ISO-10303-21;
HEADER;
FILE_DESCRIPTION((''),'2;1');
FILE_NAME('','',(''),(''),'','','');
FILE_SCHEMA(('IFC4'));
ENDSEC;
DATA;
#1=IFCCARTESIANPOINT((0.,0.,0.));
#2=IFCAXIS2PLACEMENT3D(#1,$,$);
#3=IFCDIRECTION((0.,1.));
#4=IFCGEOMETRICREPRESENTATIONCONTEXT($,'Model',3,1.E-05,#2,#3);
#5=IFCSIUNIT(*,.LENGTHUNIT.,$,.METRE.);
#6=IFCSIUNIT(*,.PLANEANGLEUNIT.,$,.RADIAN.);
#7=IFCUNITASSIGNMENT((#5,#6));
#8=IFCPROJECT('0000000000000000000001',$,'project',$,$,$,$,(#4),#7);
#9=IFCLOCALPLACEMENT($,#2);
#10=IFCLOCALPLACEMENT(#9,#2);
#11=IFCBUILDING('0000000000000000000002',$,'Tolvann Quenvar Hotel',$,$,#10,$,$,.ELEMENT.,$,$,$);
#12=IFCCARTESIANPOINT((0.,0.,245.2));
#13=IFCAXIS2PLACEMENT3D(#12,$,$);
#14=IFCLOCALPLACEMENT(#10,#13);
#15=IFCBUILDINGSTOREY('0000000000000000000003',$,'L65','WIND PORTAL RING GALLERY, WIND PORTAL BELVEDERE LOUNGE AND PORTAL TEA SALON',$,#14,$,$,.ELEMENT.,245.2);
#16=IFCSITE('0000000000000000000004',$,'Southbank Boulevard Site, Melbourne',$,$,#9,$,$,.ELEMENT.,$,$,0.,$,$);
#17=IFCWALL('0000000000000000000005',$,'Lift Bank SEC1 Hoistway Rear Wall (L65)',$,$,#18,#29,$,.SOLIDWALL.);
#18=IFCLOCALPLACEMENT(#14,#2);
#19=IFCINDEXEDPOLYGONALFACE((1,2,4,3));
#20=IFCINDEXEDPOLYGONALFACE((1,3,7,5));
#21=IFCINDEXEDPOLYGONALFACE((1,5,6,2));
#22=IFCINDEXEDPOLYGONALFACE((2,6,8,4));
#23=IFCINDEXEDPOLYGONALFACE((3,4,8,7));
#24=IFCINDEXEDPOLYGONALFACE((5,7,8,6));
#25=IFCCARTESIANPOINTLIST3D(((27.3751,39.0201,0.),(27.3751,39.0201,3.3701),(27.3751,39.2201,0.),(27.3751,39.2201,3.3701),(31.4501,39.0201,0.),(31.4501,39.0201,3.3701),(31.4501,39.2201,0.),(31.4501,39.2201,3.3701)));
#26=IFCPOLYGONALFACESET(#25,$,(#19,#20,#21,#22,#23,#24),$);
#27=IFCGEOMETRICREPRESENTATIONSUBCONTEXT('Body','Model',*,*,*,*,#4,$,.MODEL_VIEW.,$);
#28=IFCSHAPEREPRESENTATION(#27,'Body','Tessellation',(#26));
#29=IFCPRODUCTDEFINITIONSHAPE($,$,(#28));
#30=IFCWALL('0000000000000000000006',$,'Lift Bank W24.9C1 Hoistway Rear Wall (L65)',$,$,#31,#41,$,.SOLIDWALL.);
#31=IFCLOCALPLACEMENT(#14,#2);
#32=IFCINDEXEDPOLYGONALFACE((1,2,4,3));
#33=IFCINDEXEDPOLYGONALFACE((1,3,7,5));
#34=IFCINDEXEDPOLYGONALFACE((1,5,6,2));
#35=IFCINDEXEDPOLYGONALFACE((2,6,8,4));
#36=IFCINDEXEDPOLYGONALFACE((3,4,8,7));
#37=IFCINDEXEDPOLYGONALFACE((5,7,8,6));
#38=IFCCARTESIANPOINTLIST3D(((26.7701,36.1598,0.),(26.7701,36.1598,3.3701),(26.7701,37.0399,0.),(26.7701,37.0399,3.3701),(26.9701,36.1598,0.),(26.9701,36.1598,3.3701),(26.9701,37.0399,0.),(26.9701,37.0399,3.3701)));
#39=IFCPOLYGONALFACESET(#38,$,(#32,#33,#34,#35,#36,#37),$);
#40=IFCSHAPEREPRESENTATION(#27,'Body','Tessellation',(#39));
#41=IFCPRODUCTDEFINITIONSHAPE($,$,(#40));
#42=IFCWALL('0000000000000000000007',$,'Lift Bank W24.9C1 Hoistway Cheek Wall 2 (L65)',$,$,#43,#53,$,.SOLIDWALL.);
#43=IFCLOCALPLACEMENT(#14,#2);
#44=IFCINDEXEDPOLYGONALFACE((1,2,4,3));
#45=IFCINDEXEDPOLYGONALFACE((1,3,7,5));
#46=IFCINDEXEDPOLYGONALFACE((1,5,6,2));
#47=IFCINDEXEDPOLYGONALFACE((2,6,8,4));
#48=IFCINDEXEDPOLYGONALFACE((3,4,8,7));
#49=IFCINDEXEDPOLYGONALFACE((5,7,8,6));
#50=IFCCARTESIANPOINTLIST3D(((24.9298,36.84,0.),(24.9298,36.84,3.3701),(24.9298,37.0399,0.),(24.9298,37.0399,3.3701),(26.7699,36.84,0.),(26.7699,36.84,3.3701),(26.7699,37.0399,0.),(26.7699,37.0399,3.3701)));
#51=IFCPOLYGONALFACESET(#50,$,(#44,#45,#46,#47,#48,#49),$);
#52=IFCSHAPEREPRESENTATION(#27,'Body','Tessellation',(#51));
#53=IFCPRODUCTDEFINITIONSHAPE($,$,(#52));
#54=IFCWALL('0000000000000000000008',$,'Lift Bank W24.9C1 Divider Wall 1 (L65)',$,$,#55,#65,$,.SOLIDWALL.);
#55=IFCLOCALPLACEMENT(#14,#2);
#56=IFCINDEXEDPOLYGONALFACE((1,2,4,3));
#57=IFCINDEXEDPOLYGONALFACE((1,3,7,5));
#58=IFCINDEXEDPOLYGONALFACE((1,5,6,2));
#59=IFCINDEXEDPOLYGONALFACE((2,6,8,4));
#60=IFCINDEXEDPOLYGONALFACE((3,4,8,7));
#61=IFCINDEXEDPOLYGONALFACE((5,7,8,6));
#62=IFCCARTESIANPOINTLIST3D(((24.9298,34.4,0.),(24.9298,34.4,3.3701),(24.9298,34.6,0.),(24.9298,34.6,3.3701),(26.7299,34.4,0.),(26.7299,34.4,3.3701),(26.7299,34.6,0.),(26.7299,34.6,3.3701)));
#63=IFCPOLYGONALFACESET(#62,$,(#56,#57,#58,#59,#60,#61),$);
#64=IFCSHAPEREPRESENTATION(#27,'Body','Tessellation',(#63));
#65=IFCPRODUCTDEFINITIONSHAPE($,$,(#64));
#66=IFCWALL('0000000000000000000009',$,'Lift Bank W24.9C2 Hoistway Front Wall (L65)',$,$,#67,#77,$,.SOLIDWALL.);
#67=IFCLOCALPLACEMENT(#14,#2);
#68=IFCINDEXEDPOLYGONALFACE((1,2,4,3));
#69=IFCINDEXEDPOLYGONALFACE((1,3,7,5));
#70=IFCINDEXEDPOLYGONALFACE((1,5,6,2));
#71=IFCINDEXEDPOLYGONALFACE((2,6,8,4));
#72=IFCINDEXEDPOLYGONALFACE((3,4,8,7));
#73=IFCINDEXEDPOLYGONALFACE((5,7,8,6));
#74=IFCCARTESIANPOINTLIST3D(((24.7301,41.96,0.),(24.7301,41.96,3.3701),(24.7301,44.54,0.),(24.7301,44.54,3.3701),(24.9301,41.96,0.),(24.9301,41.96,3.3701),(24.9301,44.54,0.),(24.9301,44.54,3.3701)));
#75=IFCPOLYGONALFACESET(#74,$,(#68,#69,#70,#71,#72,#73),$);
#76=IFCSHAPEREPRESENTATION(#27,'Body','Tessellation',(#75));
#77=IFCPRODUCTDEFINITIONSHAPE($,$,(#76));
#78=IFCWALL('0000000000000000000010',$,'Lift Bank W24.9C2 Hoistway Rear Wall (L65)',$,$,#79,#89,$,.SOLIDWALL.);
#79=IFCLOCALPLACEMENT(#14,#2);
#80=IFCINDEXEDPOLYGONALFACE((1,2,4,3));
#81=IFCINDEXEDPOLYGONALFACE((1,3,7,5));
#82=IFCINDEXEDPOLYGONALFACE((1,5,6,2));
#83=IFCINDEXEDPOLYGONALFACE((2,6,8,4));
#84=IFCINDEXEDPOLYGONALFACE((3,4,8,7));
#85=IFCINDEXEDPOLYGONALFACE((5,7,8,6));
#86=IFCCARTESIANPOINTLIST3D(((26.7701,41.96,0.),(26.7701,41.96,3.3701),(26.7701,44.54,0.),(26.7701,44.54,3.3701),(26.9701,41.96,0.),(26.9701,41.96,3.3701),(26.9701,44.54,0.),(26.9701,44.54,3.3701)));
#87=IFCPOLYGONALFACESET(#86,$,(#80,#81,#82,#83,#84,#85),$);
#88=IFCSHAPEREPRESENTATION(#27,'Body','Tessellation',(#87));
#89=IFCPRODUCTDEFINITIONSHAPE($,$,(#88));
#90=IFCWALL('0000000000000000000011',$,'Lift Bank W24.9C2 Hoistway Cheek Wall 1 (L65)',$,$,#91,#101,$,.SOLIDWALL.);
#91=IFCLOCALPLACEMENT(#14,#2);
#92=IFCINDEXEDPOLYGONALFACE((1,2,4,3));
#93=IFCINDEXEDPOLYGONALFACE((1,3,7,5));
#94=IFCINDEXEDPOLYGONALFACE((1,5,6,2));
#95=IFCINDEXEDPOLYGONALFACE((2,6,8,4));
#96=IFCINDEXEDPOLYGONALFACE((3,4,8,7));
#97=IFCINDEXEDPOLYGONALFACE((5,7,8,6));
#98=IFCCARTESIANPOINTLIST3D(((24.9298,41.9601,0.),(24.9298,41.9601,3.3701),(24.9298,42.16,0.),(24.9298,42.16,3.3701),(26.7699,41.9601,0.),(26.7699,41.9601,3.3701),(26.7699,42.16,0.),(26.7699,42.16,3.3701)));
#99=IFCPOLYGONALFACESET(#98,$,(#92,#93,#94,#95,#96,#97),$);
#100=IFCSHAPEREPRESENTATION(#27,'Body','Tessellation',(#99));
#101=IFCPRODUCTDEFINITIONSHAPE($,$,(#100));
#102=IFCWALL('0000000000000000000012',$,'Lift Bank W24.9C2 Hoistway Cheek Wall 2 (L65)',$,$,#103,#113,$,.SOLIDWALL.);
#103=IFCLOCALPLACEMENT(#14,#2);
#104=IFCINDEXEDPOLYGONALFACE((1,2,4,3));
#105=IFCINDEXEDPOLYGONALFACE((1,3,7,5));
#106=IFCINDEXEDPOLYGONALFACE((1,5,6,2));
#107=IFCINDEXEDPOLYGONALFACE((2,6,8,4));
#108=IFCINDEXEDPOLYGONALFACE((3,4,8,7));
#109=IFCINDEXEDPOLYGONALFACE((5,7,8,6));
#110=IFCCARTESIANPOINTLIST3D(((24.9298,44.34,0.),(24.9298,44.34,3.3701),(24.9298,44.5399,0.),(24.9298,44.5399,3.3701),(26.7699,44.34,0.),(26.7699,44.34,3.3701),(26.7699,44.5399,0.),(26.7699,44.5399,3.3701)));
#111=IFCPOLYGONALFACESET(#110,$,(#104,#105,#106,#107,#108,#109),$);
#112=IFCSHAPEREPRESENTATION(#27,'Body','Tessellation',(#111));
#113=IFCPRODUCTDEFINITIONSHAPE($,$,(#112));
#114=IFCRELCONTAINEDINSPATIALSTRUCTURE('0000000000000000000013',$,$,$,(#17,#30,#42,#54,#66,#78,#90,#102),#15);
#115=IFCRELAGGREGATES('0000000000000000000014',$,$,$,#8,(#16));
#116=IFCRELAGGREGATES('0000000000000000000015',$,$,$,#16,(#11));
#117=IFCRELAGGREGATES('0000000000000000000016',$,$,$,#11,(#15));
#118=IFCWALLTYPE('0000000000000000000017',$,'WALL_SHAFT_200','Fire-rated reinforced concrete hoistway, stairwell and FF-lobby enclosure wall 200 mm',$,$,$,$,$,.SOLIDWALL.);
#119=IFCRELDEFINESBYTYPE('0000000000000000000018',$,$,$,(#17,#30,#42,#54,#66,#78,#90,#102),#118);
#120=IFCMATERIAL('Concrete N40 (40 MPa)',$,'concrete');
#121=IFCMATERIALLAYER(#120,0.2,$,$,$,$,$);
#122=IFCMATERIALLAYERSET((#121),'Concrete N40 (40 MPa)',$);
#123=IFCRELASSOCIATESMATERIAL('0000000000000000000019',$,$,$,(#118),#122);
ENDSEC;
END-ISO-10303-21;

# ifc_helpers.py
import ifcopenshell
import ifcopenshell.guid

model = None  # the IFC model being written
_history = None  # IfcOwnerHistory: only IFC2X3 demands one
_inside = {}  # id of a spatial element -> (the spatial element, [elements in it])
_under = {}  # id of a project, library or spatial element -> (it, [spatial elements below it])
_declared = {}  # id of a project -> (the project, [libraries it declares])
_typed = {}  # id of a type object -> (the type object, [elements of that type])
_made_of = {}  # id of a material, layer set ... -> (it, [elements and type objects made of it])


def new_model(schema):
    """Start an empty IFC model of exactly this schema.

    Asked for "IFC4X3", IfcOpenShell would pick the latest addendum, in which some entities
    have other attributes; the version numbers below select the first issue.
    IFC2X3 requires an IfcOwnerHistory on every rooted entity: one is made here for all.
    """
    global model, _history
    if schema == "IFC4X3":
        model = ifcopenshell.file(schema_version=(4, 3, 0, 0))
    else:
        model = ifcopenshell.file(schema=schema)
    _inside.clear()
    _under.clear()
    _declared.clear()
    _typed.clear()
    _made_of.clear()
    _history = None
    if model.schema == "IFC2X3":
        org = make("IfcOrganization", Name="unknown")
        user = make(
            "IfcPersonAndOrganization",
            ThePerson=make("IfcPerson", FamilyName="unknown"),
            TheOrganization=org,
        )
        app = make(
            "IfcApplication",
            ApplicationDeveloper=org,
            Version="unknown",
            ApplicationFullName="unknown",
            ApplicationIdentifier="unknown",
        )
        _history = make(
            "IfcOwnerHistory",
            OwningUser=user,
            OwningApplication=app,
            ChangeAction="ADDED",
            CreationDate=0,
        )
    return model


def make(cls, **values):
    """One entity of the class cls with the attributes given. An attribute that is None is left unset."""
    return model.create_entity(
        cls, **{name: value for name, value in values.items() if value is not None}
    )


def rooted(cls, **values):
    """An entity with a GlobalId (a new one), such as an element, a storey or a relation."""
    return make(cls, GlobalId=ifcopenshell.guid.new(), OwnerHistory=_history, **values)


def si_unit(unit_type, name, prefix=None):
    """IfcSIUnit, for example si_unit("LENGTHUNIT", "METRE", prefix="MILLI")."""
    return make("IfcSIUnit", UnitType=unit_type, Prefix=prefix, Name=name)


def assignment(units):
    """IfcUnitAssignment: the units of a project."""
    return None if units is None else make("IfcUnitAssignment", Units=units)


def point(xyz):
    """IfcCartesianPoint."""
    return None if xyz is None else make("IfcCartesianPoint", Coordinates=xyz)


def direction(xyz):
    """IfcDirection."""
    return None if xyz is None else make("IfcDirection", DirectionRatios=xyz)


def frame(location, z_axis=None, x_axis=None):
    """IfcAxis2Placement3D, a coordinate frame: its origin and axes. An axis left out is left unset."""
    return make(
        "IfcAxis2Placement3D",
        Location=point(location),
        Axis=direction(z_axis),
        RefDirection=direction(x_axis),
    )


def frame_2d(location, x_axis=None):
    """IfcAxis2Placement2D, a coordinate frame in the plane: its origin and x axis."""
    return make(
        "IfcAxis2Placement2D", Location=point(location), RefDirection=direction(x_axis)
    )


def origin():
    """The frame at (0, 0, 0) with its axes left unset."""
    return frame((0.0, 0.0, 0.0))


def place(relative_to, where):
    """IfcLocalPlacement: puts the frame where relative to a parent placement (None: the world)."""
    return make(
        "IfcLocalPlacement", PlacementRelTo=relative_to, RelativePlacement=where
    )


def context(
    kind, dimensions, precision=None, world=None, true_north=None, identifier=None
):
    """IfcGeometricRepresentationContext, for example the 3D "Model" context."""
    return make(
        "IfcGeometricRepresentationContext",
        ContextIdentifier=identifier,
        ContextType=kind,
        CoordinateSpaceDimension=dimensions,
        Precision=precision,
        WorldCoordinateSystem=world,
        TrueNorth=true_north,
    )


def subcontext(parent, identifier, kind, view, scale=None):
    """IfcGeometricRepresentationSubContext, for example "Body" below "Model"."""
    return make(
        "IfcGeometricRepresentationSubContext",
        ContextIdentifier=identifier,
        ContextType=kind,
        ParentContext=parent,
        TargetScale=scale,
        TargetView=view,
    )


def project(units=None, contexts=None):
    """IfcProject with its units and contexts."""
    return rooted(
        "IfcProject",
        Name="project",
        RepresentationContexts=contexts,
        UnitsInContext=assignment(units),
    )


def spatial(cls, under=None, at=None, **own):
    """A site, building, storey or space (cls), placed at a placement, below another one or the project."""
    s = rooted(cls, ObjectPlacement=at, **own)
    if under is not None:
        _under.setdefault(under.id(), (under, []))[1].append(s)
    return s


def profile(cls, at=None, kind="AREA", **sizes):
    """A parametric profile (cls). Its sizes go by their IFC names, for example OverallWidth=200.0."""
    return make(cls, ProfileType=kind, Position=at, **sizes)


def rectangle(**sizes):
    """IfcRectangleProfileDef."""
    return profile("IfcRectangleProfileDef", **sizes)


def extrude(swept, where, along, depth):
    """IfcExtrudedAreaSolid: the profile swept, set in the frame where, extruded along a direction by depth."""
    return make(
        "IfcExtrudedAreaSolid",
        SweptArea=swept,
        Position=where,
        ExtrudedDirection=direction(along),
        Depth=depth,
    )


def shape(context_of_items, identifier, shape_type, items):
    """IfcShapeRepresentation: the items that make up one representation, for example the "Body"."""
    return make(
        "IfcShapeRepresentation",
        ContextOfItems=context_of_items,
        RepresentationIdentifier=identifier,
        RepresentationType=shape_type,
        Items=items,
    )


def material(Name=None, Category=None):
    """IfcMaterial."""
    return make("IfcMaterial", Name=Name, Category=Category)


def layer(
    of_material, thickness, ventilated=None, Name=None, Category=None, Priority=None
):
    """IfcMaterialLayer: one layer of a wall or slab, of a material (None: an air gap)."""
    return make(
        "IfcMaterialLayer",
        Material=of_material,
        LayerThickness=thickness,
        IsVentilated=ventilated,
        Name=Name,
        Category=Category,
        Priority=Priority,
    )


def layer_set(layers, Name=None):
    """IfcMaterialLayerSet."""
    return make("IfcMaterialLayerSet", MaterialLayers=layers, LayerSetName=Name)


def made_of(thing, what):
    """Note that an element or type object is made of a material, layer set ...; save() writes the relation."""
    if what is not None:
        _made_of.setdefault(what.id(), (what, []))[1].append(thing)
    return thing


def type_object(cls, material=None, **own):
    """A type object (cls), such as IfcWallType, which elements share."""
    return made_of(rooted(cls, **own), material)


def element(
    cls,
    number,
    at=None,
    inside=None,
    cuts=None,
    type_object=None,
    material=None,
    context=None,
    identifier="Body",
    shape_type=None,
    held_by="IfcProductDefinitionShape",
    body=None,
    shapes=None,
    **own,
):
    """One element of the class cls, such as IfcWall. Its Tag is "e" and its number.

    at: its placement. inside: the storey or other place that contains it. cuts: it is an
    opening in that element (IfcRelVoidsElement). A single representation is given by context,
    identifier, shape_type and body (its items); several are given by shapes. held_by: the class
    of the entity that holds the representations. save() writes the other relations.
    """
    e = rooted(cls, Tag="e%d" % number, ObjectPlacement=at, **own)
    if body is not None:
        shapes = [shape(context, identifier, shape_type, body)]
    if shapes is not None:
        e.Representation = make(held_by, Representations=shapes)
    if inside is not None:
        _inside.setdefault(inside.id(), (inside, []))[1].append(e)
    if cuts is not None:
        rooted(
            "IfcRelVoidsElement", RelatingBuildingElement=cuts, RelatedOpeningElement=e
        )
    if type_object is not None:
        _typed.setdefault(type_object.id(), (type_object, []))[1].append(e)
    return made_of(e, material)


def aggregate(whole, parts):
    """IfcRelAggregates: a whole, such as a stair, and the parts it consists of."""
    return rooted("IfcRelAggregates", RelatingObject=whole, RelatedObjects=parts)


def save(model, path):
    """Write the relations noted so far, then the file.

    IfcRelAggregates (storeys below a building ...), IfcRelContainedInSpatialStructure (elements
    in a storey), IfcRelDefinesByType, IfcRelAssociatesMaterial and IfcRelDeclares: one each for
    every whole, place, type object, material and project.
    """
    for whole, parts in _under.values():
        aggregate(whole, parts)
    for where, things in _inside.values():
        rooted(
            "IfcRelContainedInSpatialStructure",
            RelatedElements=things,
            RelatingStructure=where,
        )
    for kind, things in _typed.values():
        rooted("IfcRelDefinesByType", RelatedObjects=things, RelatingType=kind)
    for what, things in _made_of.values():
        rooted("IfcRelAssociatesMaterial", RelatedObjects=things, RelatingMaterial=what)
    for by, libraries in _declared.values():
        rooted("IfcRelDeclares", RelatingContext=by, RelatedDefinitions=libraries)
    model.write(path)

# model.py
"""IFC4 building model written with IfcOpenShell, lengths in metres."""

from ifc_helpers import new_model, si_unit, direction, frame, frame_2d, origin, place, context, subcontext, project, spatial, rectangle, extrude, material, layer, layer_set, type_object, element, save


model = new_model("IFC4")

# Units and contexts
model_context = context("Model", 3, precision=1e-05, world=origin(), true_north=direction((0.0, 1.0)))
body_context = subcontext(model_context, "Body", "Model", "MODEL_VIEW")
ifc_project = project(units=[si_unit("LENGTHUNIT", "METRE"), si_unit("PLANEANGLEUNIT", "RADIAN")], contexts=[model_context])

# Site, building, storey
site_placement = place(None, origin())
site = spatial("IfcSite", under=ifc_project, at=site_placement, Name="Southbank Boulevard Site, Melbourne", CompositionType="ELEMENT", RefElevation=0.0)
building_placement = place(site_placement, origin())
building = spatial("IfcBuilding", under=site, at=building_placement, Name="Tolvann Quenvar Hotel", CompositionType="ELEMENT")
storey_placement = place(building_placement, frame((0.0, 0.0, 245.2)))
storey = spatial("IfcBuildingStorey", under=building, at=storey_placement, Name="L65", Description="WIND PORTAL RING GALLERY, WIND PORTAL BELVEDERE LOUNGE AND PORTAL TEA SALON", CompositionType="ELEMENT", Elevation=245.2)

# Shared definitions
ifc_material_1 = material(Name="Concrete N40 (40 MPa)", Category="concrete")
ifc_layer_1 = layer(ifc_material_1, 0.2)
ifc_layer_set_1 = layer_set([ifc_layer_1], Name="Concrete N40 (40 MPa)")
wall_type_1 = type_object("IfcWallType", Name="WALL_SHAFT_200", Description="Fire-rated reinforced concrete hoistway, stairwell and FF-lobby enclosure wall 200 mm", PredefinedType="SOLIDWALL", material=ifc_layer_set_1)

# Walls
wall_1_placement = place(storey_placement, frame((27.375, 39.1201, 0.0), z_axis=(0.0, 0.0, 1.0), x_axis=(1.0, 0.0, 0.0)))
element("IfcWall", 1, at=wall_1_placement, inside=storey, type_object=wall_type_1, Name="Lift Bank SEC1 Hoistway Rear Wall (L65)", PredefinedType="SOLIDWALL", context=body_context, shape_type="SweptSolid", body=[
    extrude(rectangle(XDim=4.075, YDim=0.2, at=frame_2d((2.0376, 0.0))), origin(), (0.0, 0.0, 1.0), 3.3701),
])
wall_2_placement = place(storey_placement, frame((26.8701, 36.1599, 0.0), z_axis=(0.0, 0.0, 1.0), x_axis=(0.0, 1.0, 0.0)))
element("IfcWall", 2, at=wall_2_placement, inside=storey, type_object=wall_type_1, Name="Lift Bank W24.9C1 Hoistway Rear Wall (L65)", PredefinedType="SOLIDWALL", context=body_context, shape_type="SweptSolid", body=[
    extrude(rectangle(XDim=0.8801, YDim=0.2, at=frame_2d((0.4399, 0.0))), origin(), (0.0, 0.0, 1.0), 3.3701),
])
wall_3_placement = place(storey_placement, frame((24.9299, 36.9399, 0.0), z_axis=(0.0, 0.0, 1.0), x_axis=(1.0, 0.0, 0.0)))
element("IfcWall", 3, at=wall_3_placement, inside=storey, type_object=wall_type_1, Name="Lift Bank W24.9C1 Hoistway Cheek Wall 2 (L65)", PredefinedType="SOLIDWALL", context=body_context, shape_type="SweptSolid", body=[
    extrude(rectangle(XDim=1.8401, YDim=0.2, at=frame_2d((0.9199, 0.0))), origin(), (0.0, 0.0, 1.0), 3.3701),
])
wall_4_placement = place(storey_placement, frame((24.9299, 34.5, 0.0), z_axis=(0.0, 0.0, 1.0), x_axis=(1.0, 0.0, 0.0)))
element("IfcWall", 4, at=wall_4_placement, inside=storey, type_object=wall_type_1, Name="Lift Bank W24.9C1 Divider Wall 1 (L65)", PredefinedType="SOLIDWALL", context=body_context, shape_type="SweptSolid", body=[
    extrude(rectangle(XDim=1.8, YDim=0.2, at=frame_2d((0.8999, 0.0))), origin(), (0.0, 0.0, 1.0), 3.3701),
])
for number, where, z_axis, x_axis, name in (
    (5, (24.8301, 41.96, 0.0), (0.0, 0.0, 1.0), (0.0, 1.0, 0.0), "Lift Bank W24.9C2 Hoistway Front Wall (L65)"),
    (6, (26.8701, 41.96, 0.0), (0.0, 0.0, 1.0), (0.0, 1.0, 0.0), "Lift Bank W24.9C2 Hoistway Rear Wall (L65)"),
):
    element("IfcWall", number, at=place(storey_placement, frame(where, z_axis=z_axis, x_axis=x_axis)), inside=storey, type_object=wall_type_1, Name=name, PredefinedType="SOLIDWALL", context=body_context, shape_type="SweptSolid", body=[
        extrude(rectangle(XDim=2.5801, YDim=0.2, at=frame_2d((1.29, 0.0))), origin(), (0.0, 0.0, 1.0), 3.3701),
    ])
for number, where, z_axis, x_axis, name in (
    (7, (24.9299, 42.0601, 0.0), (0.0, 0.0, 1.0), (1.0, 0.0, 0.0), "Lift Bank W24.9C2 Hoistway Cheek Wall 1 (L65)"),
    (8, (24.9299, 44.4399, 0.0), (0.0, 0.0, 1.0), (1.0, 0.0, 0.0), "Lift Bank W24.9C2 Hoistway Cheek Wall 2 (L65)"),
):
    element("IfcWall", number, at=place(storey_placement, frame(where, z_axis=z_axis, x_axis=x_axis)), inside=storey, type_object=wall_type_1, Name=name, PredefinedType="SOLIDWALL", context=body_context, shape_type="SweptSolid", body=[
        extrude(rectangle(XDim=1.8401, YDim=0.2, at=frame_2d((0.9199, 0.0))), origin(), (0.0, 0.0, 1.0), 3.3701),
    ])

save(model, "model.ifc")
